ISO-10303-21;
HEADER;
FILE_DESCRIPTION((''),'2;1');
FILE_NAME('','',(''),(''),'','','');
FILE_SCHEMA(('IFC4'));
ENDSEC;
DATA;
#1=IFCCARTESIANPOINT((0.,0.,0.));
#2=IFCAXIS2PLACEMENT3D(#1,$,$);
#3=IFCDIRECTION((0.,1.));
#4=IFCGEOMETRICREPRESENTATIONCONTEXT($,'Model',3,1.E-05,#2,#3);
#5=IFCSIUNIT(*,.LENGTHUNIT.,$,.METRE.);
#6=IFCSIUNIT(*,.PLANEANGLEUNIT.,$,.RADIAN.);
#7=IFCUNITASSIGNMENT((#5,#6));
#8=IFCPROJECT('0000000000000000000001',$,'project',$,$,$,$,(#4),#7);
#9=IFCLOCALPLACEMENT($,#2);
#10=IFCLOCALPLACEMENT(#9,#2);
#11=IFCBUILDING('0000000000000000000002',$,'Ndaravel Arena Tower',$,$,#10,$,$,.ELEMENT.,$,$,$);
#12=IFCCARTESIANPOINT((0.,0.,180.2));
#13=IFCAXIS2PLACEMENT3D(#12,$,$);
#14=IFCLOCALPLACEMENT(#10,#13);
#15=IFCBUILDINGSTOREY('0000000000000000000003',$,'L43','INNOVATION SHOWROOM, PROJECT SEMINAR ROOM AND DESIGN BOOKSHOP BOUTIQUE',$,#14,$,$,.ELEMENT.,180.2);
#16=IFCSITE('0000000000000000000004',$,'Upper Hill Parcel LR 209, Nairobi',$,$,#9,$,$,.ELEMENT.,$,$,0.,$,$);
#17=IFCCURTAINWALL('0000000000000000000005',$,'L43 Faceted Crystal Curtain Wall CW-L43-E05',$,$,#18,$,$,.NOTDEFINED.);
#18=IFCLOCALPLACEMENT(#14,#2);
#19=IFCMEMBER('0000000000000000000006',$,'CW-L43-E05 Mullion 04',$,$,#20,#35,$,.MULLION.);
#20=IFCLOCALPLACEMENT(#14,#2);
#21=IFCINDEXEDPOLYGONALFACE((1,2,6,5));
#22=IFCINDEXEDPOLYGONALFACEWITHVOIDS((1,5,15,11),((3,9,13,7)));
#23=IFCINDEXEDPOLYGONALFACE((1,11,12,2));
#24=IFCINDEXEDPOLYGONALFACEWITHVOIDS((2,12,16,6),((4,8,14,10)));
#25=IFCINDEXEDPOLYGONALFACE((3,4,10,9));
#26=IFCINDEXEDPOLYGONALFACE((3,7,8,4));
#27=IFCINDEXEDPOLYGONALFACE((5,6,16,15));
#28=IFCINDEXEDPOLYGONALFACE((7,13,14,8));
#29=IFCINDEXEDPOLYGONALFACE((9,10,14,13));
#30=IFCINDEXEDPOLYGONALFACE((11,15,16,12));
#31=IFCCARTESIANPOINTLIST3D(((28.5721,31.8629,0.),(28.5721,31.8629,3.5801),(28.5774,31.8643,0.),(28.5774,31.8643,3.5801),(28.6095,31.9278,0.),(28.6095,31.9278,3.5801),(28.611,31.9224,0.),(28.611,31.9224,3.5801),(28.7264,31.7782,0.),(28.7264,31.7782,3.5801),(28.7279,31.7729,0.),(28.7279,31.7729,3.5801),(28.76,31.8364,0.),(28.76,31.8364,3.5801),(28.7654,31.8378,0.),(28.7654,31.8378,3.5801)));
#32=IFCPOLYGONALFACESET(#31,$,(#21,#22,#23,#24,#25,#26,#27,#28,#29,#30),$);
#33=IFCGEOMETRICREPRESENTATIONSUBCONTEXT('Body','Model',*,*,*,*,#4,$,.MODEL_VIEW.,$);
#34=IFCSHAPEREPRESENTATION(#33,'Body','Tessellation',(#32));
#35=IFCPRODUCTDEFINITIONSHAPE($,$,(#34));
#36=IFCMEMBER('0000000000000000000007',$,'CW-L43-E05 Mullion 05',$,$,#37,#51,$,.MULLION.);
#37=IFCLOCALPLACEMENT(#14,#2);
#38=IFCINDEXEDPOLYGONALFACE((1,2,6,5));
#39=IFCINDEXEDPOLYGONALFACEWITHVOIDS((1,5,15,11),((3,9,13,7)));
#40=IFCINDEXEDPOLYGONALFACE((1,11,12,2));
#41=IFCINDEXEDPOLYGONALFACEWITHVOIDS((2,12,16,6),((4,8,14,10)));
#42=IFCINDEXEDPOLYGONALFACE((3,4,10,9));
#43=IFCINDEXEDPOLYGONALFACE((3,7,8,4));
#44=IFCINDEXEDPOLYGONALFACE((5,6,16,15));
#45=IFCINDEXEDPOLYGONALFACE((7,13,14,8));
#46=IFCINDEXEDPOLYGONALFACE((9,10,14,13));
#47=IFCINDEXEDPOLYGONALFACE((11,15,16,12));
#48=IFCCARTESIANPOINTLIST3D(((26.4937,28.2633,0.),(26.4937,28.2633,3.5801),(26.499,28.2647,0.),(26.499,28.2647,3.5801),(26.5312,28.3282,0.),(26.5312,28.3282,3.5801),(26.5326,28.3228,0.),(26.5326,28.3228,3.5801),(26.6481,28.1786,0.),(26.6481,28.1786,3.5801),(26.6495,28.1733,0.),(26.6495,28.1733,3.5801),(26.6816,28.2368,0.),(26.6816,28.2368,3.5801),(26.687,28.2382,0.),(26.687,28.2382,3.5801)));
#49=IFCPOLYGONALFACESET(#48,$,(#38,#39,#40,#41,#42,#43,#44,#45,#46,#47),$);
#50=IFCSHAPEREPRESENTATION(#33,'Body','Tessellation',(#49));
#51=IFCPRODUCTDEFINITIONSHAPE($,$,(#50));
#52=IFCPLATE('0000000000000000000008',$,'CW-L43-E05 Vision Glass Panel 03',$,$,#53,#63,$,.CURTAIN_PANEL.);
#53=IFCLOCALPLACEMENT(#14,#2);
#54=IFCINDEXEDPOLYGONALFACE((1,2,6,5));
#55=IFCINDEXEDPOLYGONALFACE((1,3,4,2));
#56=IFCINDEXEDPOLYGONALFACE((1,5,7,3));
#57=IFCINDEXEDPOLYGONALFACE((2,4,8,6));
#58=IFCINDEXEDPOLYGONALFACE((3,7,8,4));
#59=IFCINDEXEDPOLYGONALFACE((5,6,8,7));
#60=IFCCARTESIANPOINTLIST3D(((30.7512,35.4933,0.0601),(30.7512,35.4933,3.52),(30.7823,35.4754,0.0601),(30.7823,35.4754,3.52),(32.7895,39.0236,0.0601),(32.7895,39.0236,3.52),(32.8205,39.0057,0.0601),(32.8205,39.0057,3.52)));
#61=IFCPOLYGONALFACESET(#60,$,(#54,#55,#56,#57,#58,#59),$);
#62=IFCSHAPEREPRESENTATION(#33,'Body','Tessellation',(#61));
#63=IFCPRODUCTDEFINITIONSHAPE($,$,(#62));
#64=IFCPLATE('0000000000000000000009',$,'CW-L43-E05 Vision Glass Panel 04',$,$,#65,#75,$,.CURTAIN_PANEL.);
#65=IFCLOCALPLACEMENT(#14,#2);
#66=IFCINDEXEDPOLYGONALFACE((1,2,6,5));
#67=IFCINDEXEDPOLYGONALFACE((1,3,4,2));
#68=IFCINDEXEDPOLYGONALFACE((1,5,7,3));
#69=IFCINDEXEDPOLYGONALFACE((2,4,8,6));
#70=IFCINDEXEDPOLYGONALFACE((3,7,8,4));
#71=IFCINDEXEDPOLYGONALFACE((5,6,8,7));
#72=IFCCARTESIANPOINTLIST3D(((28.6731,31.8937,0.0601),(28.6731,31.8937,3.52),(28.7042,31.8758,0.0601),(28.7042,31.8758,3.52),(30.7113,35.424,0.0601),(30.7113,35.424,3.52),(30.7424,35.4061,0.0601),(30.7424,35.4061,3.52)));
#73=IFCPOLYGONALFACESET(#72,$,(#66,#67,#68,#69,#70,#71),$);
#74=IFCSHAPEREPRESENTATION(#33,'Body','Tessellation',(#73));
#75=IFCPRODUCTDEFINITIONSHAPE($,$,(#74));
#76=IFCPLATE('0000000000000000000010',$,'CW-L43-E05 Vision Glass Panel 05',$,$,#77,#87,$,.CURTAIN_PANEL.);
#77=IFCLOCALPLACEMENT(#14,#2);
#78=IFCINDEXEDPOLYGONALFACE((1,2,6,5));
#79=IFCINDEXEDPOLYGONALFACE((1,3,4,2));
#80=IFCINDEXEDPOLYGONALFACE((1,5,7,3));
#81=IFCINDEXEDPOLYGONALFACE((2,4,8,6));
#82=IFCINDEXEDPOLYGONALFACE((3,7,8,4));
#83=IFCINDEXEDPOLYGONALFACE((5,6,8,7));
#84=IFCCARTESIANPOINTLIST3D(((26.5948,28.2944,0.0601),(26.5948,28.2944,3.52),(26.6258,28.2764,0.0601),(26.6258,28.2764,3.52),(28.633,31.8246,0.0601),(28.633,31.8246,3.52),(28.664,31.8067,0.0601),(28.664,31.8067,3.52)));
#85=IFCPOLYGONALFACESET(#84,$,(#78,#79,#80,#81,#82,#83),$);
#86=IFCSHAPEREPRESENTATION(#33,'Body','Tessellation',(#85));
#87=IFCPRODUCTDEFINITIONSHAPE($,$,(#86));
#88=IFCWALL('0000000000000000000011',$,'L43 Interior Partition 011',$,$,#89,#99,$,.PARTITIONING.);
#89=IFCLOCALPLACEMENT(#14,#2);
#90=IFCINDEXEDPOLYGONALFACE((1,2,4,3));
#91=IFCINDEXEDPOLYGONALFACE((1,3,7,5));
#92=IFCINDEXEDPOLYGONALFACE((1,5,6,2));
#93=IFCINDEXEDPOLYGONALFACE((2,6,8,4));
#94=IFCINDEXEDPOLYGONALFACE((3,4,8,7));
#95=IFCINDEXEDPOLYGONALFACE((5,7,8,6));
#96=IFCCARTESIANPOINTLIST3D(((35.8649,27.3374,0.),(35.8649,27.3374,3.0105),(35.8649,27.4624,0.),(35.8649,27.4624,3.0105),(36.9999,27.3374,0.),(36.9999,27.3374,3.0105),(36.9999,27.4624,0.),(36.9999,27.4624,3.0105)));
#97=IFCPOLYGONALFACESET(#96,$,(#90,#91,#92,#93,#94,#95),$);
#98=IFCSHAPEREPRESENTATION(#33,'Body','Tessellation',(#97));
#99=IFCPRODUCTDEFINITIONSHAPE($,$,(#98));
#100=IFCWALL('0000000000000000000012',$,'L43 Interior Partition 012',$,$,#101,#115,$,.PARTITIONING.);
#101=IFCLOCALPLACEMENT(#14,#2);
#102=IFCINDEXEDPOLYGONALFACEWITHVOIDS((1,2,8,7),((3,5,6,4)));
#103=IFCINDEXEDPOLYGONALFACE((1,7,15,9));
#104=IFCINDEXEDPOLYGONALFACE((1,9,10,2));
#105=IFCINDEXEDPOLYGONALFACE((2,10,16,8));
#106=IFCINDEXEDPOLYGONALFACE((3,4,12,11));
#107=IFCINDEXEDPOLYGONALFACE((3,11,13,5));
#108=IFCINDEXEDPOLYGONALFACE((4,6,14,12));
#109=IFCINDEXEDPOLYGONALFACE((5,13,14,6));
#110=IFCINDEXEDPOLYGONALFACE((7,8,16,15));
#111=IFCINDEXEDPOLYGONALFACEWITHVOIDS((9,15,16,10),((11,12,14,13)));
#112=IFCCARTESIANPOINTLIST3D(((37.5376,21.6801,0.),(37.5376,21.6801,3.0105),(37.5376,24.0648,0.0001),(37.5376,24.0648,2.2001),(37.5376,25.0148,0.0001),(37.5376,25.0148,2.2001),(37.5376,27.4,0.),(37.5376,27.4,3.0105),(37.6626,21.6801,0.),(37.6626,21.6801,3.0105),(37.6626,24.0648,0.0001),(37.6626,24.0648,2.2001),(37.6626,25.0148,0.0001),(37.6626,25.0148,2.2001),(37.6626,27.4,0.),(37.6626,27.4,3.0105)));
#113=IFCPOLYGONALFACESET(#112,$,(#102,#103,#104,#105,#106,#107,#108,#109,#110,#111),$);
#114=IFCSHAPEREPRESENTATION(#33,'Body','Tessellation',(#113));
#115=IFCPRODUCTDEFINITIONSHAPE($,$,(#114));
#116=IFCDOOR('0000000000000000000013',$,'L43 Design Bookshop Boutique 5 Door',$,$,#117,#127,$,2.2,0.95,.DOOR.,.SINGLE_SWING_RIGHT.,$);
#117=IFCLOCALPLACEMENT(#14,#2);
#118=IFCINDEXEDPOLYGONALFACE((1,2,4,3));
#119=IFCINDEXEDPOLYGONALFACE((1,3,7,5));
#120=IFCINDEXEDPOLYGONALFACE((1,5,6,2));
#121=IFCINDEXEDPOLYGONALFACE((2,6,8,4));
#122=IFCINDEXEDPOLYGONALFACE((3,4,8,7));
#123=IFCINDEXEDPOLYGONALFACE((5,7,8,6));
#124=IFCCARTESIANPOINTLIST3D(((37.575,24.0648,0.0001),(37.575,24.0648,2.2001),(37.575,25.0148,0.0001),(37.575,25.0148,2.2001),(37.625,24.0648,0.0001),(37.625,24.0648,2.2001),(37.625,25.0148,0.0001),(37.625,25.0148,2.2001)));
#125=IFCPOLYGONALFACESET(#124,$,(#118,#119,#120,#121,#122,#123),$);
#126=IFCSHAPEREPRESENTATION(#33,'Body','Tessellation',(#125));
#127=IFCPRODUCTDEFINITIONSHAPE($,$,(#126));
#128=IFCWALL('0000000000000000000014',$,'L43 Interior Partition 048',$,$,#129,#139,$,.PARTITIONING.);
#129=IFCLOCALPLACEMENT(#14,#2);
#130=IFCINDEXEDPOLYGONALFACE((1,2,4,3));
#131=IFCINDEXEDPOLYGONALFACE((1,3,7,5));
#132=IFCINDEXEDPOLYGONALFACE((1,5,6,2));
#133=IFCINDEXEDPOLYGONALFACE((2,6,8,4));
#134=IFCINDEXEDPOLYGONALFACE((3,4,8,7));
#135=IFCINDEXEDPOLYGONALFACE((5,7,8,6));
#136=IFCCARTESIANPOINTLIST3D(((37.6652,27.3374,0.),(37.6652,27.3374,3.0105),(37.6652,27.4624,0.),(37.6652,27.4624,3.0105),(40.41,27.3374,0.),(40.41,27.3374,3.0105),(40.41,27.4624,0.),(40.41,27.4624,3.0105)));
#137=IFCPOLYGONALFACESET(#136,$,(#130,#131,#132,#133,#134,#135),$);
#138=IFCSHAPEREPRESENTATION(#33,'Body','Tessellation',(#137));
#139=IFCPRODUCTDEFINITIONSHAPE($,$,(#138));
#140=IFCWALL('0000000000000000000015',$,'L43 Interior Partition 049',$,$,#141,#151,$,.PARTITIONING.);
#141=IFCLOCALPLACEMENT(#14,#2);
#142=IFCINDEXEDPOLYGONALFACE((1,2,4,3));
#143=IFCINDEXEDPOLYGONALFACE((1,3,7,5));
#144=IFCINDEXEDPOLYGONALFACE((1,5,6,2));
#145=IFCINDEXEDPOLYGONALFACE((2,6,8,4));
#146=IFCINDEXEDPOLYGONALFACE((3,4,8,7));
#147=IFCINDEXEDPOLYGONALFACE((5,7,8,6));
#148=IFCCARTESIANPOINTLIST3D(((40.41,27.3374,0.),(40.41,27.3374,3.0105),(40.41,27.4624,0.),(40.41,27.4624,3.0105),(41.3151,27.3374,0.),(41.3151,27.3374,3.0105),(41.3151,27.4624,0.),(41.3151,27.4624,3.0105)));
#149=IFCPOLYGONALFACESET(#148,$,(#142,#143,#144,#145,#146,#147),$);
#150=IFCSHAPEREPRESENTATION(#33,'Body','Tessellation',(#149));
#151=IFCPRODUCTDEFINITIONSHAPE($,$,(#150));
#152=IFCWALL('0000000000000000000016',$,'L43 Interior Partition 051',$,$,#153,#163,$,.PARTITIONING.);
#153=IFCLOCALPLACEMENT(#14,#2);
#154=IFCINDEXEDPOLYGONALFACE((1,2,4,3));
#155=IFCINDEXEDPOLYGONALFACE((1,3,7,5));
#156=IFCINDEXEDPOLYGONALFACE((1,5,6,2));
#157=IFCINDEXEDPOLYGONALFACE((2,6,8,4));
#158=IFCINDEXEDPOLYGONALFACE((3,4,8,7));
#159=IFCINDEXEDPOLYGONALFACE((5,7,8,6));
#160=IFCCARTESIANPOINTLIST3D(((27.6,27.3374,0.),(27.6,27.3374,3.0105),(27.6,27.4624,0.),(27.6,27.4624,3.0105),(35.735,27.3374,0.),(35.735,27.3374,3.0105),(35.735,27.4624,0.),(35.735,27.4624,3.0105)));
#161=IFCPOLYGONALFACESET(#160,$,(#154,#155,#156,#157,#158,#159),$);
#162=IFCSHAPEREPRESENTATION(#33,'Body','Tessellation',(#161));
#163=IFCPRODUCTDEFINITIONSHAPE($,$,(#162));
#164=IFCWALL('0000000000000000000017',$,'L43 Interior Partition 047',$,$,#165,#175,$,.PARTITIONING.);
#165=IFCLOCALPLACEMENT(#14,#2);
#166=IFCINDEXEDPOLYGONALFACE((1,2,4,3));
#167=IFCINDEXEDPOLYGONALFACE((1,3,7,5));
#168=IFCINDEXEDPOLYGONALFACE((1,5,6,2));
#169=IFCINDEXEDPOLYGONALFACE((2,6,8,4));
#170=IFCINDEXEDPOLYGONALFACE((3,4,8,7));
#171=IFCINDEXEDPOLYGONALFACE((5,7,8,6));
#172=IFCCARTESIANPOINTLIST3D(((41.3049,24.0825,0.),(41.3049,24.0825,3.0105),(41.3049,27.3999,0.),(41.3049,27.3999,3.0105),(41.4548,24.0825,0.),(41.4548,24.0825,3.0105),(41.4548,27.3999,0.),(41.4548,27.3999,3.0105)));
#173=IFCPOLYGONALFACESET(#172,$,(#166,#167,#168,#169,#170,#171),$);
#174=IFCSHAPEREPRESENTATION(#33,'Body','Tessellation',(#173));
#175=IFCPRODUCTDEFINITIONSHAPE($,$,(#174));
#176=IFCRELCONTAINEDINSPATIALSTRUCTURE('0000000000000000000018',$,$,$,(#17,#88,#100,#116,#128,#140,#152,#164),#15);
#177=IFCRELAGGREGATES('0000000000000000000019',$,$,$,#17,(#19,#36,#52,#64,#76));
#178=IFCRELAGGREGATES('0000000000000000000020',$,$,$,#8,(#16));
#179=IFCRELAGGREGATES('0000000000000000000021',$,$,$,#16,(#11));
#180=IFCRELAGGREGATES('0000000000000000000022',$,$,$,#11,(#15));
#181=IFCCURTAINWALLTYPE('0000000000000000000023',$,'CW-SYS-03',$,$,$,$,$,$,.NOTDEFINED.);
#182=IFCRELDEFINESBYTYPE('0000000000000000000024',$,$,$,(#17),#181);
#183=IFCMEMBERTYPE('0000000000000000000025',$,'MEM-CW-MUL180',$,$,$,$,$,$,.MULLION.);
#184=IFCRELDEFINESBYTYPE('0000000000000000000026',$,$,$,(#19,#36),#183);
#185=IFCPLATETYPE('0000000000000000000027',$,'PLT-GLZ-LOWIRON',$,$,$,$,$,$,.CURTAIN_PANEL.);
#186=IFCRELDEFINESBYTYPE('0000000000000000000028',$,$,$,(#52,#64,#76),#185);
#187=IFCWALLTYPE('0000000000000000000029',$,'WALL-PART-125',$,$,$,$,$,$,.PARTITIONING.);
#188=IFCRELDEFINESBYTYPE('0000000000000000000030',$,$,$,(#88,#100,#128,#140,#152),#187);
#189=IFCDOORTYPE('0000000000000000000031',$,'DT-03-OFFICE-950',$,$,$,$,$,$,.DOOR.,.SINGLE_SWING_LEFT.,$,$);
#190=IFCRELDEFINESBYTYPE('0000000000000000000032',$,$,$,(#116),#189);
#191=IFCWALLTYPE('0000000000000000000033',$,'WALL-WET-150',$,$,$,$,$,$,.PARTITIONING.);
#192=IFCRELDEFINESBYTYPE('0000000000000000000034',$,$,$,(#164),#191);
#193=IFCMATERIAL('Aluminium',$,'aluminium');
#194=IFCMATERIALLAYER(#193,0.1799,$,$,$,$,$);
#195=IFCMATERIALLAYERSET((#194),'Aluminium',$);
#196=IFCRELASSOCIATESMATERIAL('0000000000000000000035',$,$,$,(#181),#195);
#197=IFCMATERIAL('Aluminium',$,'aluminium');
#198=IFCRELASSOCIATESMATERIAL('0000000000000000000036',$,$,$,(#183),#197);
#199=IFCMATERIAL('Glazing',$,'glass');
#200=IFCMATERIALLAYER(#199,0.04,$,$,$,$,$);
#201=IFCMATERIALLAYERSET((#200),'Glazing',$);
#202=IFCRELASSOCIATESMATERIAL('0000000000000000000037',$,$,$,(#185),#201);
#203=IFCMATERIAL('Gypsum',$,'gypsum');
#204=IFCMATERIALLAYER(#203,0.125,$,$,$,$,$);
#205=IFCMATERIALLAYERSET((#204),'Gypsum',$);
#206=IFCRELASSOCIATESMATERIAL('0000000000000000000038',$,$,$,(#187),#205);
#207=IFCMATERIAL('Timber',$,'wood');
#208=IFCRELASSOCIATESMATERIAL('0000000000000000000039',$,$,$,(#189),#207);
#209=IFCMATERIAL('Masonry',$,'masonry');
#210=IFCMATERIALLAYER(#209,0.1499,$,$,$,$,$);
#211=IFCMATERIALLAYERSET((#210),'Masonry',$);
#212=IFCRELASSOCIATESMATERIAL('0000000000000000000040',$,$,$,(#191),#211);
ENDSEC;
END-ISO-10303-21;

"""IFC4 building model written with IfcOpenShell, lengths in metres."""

from ifc_helpers import new_model, si_unit, direction, frame, frame_2d, origin, origin_2d, place, context, subcontext, project, spatial, rectangle, hollow_rectangle, extrude, material, layer, layer_set, material_profile, profile_set, type_object, element, fill, aggregate, save


model = new_model("IFC4")

# Units and contexts
model_context = context("Model", 3, precision=1e-05, world=origin(), true_north=direction((0.0, 1.0)))
body_context = subcontext(model_context, "Body", "Model", "MODEL_VIEW")
ifc_project = project(units=[si_unit("LENGTHUNIT", "METRE"), si_unit("PLANEANGLEUNIT", "RADIAN")], contexts=[model_context])

# Site, building, storey
site_placement = place(None, origin())
site = spatial("IfcSite", under=ifc_project, at=site_placement, Name="Upper Hill Parcel LR 209, Nairobi", CompositionType="ELEMENT", RefElevation=0.0)
building_placement = place(site_placement, origin())
building = spatial("IfcBuilding", under=site, at=building_placement, Name="Ndaravel Arena Tower", CompositionType="ELEMENT")
storey_placement = place(building_placement, frame((0.0, 0.0, 180.2)))
storey = spatial("IfcBuildingStorey", under=building, at=storey_placement, Name="L43", Description="INNOVATION SHOWROOM, PROJECT SEMINAR ROOM AND DESIGN BOOKSHOP BOUTIQUE", CompositionType="ELEMENT", Elevation=180.2)

# Curtain wall, members, plates
ifc_material_1 = material(Name="Aluminium", Category="aluminium")
ifc_layer_1 = layer(ifc_material_1, 0.1799)
ifc_layer_set_1 = layer_set([ifc_layer_1], Name="Aluminium")
curtain_wall_type = type_object("IfcCurtainWallType", Name="CW-SYS-03", PredefinedType="NOTDEFINED", material=ifc_layer_set_1)
curtain_wall_placement = place(storey_placement, origin())
curtain_wall = element("IfcCurtainWall", 1, at=curtain_wall_placement, inside=storey, type_object=curtain_wall_type, Name="L43 Faceted Crystal Curtain Wall CW-L43-E05", PredefinedType="NOTDEFINED")
ifc_material_2 = material(Name="Aluminium", Category="aluminium")
ifc_material_profile_1 = material_profile(ifc_material_2, hollow_rectangle(XDim=0.075, YDim=0.1799, WallThickness=0.0039, at=origin_2d()), Name="CW MULLION 75x180x4")
ifc_profile_set_1 = profile_set([ifc_material_profile_1], Name="Aluminium")
member_type = type_object("IfcMemberType", Name="MEM-CW-MUL180", PredefinedType="MULLION", material=ifc_profile_set_1)
member_1_placement = place(storey_placement, frame((28.6687, 31.8503, 0.0), z_axis=(0.0, 0.0, 1.0), x_axis=(-0.5, -0.866025, 0.0)))
member_1 = element("IfcMember", 2, at=member_1_placement, type_object=member_type, Name="CW-L43-E05 Mullion 04", PredefinedType="MULLION", context=body_context, shape_type="SweptSolid", body=[
    extrude(hollow_rectangle(XDim=0.075, YDim=0.1799, WallThickness=0.0039, at=origin_2d()), origin(), (0.0, 0.0, 1.0), 3.5801),
])
member_2_placement = place(storey_placement, frame((26.5903, 28.2507, 0.0), z_axis=(0.0, 0.0, 1.0), x_axis=(-0.5, -0.866025, 0.0)))
member_2 = element("IfcMember", 3, at=member_2_placement, type_object=member_type, Name="CW-L43-E05 Mullion 05", PredefinedType="MULLION", context=body_context, shape_type="SweptSolid", body=[
    extrude(hollow_rectangle(XDim=0.075, YDim=0.1799, WallThickness=0.0039, at=origin_2d()), origin(), (0.0, 0.0, 1.0), 3.5801),
])
ifc_material_3 = material(Name="Glazing", Category="glass")
ifc_layer_2 = layer(ifc_material_3, 0.04)
ifc_layer_set_2 = layer_set([ifc_layer_2], Name="Glazing")
plate_type = type_object("IfcPlateType", Name="PLT-GLZ-LOWIRON", PredefinedType="CURTAIN_PANEL", material=ifc_layer_set_2)
plate_1_placement = place(storey_placement, frame((31.7859, 37.2495, 0.0601), z_axis=(0.0, 0.0, 1.0), x_axis=(-0.5, -0.866025, 0.0)))
plate_1 = element("IfcPlate", 4, at=plate_1_placement, type_object=plate_type, Name="CW-L43-E05 Vision Glass Panel 03", PredefinedType="CURTAIN_PANEL", context=body_context, shape_type="SweptSolid", body=[
    extrude(rectangle(XDim=4.0764, YDim=0.0359, at=origin_2d()), origin(), (0.0, 0.0, 1.0), 3.46),
])
plate_2_placement = place(storey_placement, frame((29.7078, 33.6499, 0.0601), z_axis=(0.0, 0.0, 1.0), x_axis=(-0.5, -0.866025, 0.0)))
plate_2 = element("IfcPlate", 5, at=plate_2_placement, type_object=plate_type, Name="CW-L43-E05 Vision Glass Panel 04", PredefinedType="CURTAIN_PANEL", context=body_context, shape_type="SweptSolid", body=[
    extrude(rectangle(XDim=4.0764, YDim=0.0359, at=origin_2d()), origin(), (0.0, 0.0, 1.0), 3.46),
])
plate_3_placement = place(storey_placement, frame((27.6294, 30.0505, 0.0601), z_axis=(0.0, 0.0, 1.0), x_axis=(-0.5, -0.866025, 0.0)))
plate_3 = element("IfcPlate", 6, at=plate_3_placement, type_object=plate_type, Name="CW-L43-E05 Vision Glass Panel 05", PredefinedType="CURTAIN_PANEL", context=body_context, shape_type="SweptSolid", body=[
    extrude(rectangle(XDim=4.0764, YDim=0.0359, at=origin_2d()), origin(), (0.0, 0.0, 1.0), 3.46),
])
aggregate(curtain_wall, [member_1, member_2, plate_1, plate_2, plate_3])

# Wall
ifc_material_4 = material(Name="Gypsum", Category="gypsum")
ifc_layer_3 = layer(ifc_material_4, 0.125)
ifc_layer_set_3 = layer_set([ifc_layer_3], Name="Gypsum")
wall_type_1 = type_object("IfcWallType", Name="WALL-PART-125", PredefinedType="PARTITIONING", material=ifc_layer_set_3)
wall_1_placement = place(storey_placement, frame((35.865, 27.3999, 0.0), z_axis=(0.0, 0.0, 1.0), x_axis=(1.0, 0.0, 0.0)))
element("IfcWall", 7, at=wall_1_placement, inside=storey, type_object=wall_type_1, Name="L43 Interior Partition 011", PredefinedType="PARTITIONING", context=body_context, shape_type="SweptSolid", body=[
    extrude(rectangle(XDim=1.135, YDim=0.125, at=frame_2d((0.5674, 0.0))), origin(), (0.0, 0.0, 1.0), 3.0105),
])

# Wall, opening, door
wall_2_placement = place(storey_placement, frame((37.6001, 27.3999, 0.0), z_axis=(0.0, 0.0, 1.0), x_axis=(0.0, -1.0, 0.0)))
wall_2 = element("IfcWall", 8, at=wall_2_placement, inside=storey, type_object=wall_type_1, Name="L43 Interior Partition 012", PredefinedType="PARTITIONING", context=body_context, shape_type="SweptSolid", body=[
    extrude(rectangle(XDim=5.72, YDim=0.125, at=frame_2d((2.8599, 0.0))), origin(), (0.0, 0.0, 1.0), 3.0105),
])
opening_placement = place(wall_2_placement, frame((2.385, 0.0, 0.0)))
opening = element("IfcOpeningElement", 9, at=opening_placement, cuts=wall_2, PredefinedType="OPENING", context=body_context, shape_type="SweptSolid", body=[
    extrude(rectangle(XDim=0.95, YDim=2.2, at=frame_2d((0.4751, 1.1001))), frame((0.0, 0.0625, 0.0), z_axis=(0.0, -1.0, 0.0), x_axis=(1.0, 0.0, 0.0)), (0.0, 0.0, 1.0), 0.125),
])
ifc_material_5 = material(Name="Timber", Category="wood")
door_type = type_object("IfcDoorType", Name="DT-03-OFFICE-950", OperationType="SINGLE_SWING_LEFT", PredefinedType="DOOR", material=ifc_material_5)
door_placement = place(opening_placement, origin())
door = element("IfcDoor", 10, at=door_placement, inside=storey, type_object=door_type, Name="L43 Design Bookshop Boutique 5 Door", OperationType="SINGLE_SWING_RIGHT", OverallHeight=2.2, OverallWidth=0.95, PredefinedType="DOOR", context=body_context, shape_type="SweptSolid", body=[
    extrude(rectangle(XDim=0.95, YDim=2.2, at=frame_2d((0.4751, 1.1001))), frame((0.0, 0.0249, 0.0), z_axis=(0.0, -1.0, 0.0), x_axis=(1.0, 0.0, 0.0)), (0.0, 0.0, 1.0), 0.05),
])
fill(opening, door)

# Walls
wall_3_placement = place(storey_placement, frame((37.665, 27.3999, 0.0), z_axis=(0.0, 0.0, 1.0), x_axis=(1.0, 0.0, 0.0)))
element("IfcWall", 11, at=wall_3_placement, inside=storey, type_object=wall_type_1, Name="L43 Interior Partition 048", PredefinedType="PARTITIONING", context=body_context, shape_type="SweptSolid", body=[
    extrude(rectangle(XDim=2.7449, YDim=0.125, at=frame_2d((1.3726, 0.0))), origin(), (0.0, 0.0, 1.0), 3.0105),
])
wall_4_placement = place(storey_placement, frame((40.4099, 27.3999, 0.0), z_axis=(0.0, 0.0, 1.0), x_axis=(1.0, 0.0, 0.0)))
element("IfcWall", 12, at=wall_4_placement, inside=storey, type_object=wall_type_1, Name="L43 Interior Partition 049", PredefinedType="PARTITIONING", context=body_context, shape_type="SweptSolid", body=[
    extrude(rectangle(XDim=0.905, YDim=0.125, at=frame_2d((0.4526, 0.0))), origin(), (0.0, 0.0, 1.0), 3.0105),
])
wall_5_placement = place(storey_placement, frame((27.6001, 27.3999, 0.0), z_axis=(0.0, 0.0, 1.0), x_axis=(1.0, 0.0, 0.0)))
element("IfcWall", 13, at=wall_5_placement, inside=storey, type_object=wall_type_1, Name="L43 Interior Partition 051", PredefinedType="PARTITIONING", context=body_context, shape_type="SweptSolid", body=[
    extrude(rectangle(XDim=8.135, YDim=0.125, at=frame_2d((4.0674, 0.0))), origin(), (0.0, 0.0, 1.0), 3.0105),
])
ifc_material_6 = material(Name="Masonry", Category="masonry")
ifc_layer_4 = layer(ifc_material_6, 0.1499)
ifc_layer_set_4 = layer_set([ifc_layer_4], Name="Masonry")
wall_type_2 = type_object("IfcWallType", Name="WALL-WET-150", PredefinedType="PARTITIONING", material=ifc_layer_set_4)
wall_6_placement = place(storey_placement, frame((41.3799, 27.3999, 0.0), z_axis=(0.0, 0.0, 1.0), x_axis=(0.0, -1.0, 0.0)))
element("IfcWall", 14, at=wall_6_placement, inside=storey, type_object=wall_type_2, Name="L43 Interior Partition 047", PredefinedType="PARTITIONING", context=body_context, shape_type="SweptSolid", body=[
    extrude(rectangle(XDim=3.3174, YDim=0.1499, at=frame_2d((1.6587, 0.0))), origin(), (0.0, 0.0, 1.0), 3.0105),
])

save(model, "model.ifc")
